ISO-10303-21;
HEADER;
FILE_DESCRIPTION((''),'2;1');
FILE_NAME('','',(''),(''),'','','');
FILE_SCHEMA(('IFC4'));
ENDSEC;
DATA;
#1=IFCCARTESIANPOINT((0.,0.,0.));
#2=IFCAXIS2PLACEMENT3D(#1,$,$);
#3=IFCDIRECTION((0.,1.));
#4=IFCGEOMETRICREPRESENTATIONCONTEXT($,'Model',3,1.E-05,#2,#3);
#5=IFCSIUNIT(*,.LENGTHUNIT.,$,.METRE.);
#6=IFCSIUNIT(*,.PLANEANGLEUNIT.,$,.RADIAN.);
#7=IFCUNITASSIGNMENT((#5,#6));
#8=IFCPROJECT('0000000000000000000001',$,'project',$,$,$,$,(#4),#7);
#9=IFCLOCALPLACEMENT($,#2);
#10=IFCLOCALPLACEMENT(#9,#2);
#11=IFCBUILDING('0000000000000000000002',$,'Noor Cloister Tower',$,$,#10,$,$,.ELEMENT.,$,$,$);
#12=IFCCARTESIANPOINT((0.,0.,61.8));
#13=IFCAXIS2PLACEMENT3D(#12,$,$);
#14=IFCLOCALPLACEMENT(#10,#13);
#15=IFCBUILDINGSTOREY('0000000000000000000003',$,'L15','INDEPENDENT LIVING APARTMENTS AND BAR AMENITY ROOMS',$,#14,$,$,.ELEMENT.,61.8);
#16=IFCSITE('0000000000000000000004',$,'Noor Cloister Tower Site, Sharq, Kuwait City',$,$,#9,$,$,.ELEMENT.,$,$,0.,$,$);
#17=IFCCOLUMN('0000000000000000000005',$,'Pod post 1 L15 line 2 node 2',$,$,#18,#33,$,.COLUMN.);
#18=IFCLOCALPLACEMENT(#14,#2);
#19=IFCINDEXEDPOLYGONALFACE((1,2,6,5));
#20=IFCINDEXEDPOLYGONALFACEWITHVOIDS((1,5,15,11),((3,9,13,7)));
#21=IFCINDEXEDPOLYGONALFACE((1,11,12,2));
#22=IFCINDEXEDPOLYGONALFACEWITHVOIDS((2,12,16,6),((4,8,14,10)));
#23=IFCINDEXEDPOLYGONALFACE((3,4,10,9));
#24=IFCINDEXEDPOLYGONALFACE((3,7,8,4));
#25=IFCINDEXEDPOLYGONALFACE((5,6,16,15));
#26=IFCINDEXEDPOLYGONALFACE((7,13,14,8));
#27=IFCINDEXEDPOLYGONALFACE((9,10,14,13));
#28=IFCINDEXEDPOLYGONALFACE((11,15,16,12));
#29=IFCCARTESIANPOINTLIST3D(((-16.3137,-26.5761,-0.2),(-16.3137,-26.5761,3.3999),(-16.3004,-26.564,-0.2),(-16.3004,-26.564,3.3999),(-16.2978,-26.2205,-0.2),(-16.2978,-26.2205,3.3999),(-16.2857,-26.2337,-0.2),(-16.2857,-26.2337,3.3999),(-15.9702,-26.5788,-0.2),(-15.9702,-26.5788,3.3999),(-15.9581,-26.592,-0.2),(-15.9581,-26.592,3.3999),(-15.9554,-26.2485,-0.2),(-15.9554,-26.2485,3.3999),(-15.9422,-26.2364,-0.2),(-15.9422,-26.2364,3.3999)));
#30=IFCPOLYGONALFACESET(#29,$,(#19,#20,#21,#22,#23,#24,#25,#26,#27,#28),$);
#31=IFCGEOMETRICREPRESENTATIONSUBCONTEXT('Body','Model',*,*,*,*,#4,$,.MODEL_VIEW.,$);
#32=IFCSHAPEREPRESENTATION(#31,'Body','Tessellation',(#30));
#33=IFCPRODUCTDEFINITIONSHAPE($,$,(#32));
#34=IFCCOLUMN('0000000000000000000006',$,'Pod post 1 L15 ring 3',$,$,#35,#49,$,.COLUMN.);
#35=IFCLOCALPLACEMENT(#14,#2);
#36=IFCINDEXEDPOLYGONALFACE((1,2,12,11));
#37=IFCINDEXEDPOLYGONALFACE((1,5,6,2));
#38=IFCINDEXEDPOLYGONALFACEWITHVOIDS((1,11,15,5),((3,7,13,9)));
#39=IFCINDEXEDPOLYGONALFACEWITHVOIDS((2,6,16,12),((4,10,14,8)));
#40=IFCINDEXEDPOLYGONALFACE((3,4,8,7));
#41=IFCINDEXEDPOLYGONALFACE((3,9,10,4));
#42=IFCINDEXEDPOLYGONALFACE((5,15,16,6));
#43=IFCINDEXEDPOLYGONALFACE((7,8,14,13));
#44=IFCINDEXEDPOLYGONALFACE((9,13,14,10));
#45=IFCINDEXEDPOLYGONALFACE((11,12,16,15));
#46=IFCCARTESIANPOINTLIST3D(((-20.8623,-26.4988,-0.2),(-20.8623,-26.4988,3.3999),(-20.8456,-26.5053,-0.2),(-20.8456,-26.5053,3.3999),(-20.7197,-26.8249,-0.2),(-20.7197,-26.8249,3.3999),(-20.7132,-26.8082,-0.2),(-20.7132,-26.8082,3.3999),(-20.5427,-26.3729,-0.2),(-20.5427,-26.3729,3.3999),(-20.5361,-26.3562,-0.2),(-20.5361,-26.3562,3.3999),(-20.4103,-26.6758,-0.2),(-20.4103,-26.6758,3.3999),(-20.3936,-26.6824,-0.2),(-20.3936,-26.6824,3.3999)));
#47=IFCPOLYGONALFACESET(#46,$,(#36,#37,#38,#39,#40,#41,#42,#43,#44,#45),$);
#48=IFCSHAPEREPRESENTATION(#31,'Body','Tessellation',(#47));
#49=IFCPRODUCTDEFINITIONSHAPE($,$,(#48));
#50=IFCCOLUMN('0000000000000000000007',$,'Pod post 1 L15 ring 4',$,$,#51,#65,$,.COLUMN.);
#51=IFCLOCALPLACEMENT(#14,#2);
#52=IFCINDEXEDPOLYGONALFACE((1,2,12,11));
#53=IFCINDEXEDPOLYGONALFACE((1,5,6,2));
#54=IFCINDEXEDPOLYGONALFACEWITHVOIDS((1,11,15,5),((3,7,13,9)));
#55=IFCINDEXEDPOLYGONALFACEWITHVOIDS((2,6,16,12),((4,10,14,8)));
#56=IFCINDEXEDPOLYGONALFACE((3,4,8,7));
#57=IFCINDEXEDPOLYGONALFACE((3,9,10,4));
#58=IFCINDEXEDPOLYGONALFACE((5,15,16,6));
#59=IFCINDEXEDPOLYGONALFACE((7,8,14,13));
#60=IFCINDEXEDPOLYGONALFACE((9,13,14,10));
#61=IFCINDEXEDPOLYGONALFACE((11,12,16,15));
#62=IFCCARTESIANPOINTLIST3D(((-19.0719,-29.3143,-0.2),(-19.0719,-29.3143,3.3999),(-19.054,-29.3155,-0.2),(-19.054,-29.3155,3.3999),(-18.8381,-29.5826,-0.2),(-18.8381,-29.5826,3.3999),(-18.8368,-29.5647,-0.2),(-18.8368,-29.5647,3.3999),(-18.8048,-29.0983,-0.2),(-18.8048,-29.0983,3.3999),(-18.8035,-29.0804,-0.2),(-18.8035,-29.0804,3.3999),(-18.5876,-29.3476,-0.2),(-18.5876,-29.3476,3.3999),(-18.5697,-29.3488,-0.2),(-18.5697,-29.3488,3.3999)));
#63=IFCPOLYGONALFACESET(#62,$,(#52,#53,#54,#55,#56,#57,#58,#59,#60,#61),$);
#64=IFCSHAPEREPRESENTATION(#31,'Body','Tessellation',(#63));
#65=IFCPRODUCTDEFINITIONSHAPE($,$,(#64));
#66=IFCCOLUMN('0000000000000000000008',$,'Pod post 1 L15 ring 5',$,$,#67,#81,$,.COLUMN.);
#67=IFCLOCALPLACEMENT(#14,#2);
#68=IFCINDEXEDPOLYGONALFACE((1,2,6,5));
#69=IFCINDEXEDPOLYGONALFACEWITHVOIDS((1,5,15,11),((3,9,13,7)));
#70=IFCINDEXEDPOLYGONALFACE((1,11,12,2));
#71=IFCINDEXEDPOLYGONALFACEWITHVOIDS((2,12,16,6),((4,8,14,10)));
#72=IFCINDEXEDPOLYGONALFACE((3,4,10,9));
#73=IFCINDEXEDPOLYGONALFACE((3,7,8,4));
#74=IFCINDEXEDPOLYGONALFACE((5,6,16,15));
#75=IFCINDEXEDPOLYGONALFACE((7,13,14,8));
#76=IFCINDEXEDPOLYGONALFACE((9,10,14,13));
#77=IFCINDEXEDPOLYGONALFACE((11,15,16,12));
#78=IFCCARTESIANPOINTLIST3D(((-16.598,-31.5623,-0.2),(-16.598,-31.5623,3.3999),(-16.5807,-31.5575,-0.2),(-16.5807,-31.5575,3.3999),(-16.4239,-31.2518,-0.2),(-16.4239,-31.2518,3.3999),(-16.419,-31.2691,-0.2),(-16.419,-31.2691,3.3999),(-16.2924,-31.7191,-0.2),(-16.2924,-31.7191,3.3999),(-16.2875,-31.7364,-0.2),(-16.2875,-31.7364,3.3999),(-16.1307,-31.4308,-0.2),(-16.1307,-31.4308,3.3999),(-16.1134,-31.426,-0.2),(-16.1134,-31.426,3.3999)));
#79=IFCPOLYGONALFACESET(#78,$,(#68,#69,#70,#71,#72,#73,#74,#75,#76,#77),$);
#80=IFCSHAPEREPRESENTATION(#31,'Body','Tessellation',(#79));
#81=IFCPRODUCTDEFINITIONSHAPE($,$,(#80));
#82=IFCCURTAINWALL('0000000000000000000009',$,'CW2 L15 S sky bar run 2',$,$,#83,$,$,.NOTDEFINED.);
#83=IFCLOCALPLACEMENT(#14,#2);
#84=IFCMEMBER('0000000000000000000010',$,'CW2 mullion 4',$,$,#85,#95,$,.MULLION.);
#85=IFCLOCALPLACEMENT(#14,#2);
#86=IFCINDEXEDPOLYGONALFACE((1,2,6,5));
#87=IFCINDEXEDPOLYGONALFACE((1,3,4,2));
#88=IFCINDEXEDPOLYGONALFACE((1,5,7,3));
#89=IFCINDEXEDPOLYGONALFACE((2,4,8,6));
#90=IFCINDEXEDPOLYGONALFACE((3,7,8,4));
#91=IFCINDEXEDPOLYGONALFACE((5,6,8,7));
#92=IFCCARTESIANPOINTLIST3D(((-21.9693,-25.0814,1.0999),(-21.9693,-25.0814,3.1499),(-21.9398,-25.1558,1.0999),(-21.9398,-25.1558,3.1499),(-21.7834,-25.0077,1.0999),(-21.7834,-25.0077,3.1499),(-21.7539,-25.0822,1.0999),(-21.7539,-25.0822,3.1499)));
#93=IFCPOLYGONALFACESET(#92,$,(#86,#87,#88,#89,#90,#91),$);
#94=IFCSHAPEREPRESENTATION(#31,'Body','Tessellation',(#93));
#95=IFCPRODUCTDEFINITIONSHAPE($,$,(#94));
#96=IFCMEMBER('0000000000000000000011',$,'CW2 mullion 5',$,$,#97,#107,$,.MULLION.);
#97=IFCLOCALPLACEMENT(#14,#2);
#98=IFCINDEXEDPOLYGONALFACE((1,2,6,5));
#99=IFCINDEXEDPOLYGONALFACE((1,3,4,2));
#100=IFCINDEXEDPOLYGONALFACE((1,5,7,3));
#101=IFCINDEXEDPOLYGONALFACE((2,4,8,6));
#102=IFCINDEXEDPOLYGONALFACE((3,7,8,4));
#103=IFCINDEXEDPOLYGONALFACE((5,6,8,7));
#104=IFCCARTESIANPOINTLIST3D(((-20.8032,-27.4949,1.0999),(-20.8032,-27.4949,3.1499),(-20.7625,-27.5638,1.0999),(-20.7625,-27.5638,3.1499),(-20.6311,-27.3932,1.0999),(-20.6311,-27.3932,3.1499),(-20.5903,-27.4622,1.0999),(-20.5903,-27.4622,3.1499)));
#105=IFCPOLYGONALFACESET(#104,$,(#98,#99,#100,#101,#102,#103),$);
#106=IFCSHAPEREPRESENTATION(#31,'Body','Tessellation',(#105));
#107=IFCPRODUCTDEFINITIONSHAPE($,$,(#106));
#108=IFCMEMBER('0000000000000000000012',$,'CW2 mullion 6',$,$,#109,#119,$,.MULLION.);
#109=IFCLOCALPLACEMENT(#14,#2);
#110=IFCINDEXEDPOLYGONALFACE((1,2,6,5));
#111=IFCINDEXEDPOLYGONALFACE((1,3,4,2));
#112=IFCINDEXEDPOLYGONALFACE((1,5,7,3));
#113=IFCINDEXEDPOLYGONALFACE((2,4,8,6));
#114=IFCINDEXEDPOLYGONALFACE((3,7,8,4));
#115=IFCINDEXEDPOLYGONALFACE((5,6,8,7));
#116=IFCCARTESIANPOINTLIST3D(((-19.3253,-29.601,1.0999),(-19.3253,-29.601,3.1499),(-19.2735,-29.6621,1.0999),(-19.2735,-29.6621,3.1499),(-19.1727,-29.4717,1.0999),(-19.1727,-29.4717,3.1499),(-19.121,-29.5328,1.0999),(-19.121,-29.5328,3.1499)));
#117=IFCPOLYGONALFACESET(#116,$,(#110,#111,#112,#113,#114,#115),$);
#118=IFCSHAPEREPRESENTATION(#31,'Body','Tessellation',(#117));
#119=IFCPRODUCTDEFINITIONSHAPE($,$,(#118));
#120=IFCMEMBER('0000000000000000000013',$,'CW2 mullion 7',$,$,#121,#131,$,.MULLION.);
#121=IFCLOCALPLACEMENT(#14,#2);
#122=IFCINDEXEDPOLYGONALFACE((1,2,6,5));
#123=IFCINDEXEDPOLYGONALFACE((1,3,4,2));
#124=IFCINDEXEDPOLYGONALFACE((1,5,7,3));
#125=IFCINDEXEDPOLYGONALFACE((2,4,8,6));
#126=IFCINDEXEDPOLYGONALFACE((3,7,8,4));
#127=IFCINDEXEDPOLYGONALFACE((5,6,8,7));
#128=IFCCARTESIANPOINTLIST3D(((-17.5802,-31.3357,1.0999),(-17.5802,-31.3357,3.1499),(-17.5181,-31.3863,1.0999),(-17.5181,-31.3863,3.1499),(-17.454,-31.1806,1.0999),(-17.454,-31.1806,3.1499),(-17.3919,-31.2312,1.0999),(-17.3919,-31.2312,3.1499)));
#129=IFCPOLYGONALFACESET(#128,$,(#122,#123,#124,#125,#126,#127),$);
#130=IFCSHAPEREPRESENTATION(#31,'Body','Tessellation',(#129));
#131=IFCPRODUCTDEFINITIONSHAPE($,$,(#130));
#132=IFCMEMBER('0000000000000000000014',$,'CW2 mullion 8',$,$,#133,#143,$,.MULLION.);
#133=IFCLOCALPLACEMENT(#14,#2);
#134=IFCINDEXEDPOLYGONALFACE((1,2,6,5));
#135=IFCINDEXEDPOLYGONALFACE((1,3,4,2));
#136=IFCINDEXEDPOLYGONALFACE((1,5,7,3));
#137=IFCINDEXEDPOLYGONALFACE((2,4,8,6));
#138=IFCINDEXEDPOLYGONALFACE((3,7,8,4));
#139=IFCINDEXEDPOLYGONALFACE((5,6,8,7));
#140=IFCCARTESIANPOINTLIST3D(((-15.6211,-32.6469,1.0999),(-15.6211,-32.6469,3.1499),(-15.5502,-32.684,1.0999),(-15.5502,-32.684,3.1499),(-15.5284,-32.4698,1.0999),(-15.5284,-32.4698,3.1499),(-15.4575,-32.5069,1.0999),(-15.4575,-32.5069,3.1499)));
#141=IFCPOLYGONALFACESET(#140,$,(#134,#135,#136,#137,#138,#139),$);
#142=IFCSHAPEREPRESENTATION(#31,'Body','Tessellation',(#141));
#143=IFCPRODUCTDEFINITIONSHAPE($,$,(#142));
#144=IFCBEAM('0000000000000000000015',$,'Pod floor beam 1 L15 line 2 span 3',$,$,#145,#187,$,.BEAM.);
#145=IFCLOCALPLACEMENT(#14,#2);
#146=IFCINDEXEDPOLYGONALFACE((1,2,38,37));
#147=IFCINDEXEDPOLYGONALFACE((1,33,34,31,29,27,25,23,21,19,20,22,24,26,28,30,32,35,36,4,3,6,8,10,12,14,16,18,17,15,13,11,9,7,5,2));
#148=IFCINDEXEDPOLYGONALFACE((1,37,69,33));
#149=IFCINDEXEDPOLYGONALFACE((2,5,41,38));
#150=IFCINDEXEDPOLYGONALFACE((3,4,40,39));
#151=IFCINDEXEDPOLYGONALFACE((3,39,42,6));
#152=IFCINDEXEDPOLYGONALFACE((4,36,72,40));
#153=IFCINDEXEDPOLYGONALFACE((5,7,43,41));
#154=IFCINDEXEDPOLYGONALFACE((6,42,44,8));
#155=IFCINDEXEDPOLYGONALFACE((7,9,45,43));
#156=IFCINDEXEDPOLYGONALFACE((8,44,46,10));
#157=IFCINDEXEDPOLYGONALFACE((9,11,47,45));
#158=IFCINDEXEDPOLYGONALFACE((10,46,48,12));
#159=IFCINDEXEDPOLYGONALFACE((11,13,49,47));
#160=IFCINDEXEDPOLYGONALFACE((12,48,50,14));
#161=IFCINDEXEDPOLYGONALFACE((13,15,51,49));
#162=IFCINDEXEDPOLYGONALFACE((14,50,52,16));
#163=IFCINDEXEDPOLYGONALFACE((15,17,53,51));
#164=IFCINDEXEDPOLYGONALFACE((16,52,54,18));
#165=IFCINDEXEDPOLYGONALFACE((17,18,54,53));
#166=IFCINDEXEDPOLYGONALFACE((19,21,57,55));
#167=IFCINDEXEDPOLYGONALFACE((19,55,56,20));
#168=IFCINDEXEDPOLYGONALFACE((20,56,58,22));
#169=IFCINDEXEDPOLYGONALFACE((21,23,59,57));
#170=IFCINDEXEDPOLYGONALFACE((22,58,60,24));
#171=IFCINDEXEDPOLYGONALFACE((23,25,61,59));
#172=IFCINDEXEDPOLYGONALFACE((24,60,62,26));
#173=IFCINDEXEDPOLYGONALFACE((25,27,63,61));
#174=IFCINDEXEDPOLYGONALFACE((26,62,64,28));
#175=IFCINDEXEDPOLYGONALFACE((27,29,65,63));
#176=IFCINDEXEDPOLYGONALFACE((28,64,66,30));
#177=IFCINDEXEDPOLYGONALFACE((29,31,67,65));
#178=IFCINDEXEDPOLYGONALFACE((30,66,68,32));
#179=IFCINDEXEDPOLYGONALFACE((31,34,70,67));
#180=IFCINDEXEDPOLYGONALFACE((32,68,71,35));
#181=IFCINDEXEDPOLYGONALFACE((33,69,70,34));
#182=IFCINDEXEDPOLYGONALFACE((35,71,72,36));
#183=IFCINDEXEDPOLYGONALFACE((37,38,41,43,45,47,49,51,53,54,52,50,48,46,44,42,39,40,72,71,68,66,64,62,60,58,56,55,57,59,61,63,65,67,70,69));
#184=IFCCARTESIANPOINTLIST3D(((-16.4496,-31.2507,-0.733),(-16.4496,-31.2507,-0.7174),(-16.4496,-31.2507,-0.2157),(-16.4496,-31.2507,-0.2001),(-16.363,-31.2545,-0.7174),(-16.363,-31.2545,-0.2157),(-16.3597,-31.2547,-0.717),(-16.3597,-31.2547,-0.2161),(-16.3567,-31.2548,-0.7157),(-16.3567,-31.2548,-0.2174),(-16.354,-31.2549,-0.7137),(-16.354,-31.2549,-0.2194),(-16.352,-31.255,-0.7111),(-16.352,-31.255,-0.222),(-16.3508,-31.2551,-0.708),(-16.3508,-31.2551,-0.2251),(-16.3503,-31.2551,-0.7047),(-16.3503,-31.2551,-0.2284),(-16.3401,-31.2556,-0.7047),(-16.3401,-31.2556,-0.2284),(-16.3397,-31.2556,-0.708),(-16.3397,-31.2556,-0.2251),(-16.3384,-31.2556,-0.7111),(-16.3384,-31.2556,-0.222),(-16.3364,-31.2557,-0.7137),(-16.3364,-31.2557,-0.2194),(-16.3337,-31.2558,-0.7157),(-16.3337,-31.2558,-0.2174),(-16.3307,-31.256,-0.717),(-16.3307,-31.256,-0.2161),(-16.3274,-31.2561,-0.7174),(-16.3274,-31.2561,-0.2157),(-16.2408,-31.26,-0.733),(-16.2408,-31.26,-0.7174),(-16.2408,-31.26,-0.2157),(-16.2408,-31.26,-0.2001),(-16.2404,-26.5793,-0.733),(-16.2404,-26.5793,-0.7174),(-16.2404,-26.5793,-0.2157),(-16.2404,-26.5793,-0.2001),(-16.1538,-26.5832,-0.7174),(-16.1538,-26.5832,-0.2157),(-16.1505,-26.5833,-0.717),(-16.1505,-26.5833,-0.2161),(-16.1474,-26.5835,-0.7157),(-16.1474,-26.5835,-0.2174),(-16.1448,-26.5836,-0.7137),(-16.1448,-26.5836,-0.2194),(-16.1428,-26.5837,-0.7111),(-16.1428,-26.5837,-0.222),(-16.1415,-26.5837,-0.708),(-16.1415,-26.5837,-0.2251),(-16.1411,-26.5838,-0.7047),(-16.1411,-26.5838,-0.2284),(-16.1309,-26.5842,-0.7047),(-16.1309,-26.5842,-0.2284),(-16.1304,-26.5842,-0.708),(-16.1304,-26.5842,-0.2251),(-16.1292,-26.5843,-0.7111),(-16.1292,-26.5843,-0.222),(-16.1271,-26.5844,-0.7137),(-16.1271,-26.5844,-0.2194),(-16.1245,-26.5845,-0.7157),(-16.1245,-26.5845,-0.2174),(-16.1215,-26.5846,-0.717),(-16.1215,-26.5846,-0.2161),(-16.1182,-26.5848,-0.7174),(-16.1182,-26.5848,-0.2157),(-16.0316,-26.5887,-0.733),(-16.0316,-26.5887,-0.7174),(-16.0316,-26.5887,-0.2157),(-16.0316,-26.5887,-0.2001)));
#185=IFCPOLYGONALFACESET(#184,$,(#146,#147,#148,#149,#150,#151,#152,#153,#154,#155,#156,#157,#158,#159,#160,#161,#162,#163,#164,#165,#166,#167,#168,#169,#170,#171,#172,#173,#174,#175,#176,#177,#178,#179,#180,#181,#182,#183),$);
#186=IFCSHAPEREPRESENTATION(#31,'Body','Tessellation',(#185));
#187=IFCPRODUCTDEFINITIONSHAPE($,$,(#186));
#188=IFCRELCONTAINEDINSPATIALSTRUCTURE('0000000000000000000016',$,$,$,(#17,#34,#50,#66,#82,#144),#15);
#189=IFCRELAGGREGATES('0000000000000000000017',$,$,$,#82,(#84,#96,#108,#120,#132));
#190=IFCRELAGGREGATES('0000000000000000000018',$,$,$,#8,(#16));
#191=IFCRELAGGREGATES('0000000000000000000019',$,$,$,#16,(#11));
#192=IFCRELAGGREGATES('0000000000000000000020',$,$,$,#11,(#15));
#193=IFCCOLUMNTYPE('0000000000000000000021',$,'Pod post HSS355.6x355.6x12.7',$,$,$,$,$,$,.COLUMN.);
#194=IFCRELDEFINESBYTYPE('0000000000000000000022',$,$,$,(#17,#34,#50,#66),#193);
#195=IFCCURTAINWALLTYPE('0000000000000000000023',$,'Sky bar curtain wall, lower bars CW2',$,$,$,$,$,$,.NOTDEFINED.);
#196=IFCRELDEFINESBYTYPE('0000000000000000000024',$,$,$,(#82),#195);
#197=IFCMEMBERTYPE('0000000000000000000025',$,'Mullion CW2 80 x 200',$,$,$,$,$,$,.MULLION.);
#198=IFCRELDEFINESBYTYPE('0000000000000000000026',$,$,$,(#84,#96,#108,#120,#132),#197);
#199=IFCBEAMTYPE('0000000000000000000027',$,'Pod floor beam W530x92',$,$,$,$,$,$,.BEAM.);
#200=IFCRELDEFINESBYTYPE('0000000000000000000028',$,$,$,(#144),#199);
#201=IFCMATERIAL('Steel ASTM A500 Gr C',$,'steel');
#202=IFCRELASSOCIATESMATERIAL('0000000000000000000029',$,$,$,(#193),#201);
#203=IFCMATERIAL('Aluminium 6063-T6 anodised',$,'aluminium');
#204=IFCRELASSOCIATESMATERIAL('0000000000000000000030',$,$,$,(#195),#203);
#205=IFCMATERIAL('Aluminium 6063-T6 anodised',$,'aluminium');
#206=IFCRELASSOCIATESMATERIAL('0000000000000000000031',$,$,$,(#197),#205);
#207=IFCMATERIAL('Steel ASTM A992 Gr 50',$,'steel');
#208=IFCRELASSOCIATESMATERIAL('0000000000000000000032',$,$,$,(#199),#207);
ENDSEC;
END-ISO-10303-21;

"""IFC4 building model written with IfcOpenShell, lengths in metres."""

from ifc_helpers import new_model, si_unit, direction, frame, origin, origin_2d, place, context, subcontext, project, spatial, rectangle, hollow_rectangle, i_section, extrude, material, material_profile, profile_set, type_object, element, aggregate, save


model = new_model("IFC4")

# Units and contexts
model_context = context("Model", 3, precision=1e-05, world=origin(), true_north=direction((0.0, 1.0)))
body_context = subcontext(model_context, "Body", "Model", "MODEL_VIEW")
ifc_project = project(units=[si_unit("LENGTHUNIT", "METRE"), si_unit("PLANEANGLEUNIT", "RADIAN")], contexts=[model_context])

# Site, building, storey
site_placement = place(None, origin())
site = spatial("IfcSite", under=ifc_project, at=site_placement, Name="Noor Cloister Tower Site, Sharq, Kuwait City", CompositionType="ELEMENT", RefElevation=0.0)
building_placement = place(site_placement, origin())
building = spatial("IfcBuilding", under=site, at=building_placement, Name="Noor Cloister Tower", CompositionType="ELEMENT")
storey_placement = place(building_placement, frame((0.0, 0.0, 61.8)))
storey = spatial("IfcBuildingStorey", under=building, at=storey_placement, Name="L15", Description="INDEPENDENT LIVING APARTMENTS AND BAR AMENITY ROOMS", CompositionType="ELEMENT", Elevation=61.8)

# Columns
ifc_material_1 = material(Name="Steel ASTM A500 Gr C", Category="steel")
ifc_material_profile_1 = material_profile(ifc_material_1, hollow_rectangle(XDim=0.356, YDim=0.356, WallThickness=0.0127, at=origin_2d()), Name="HSS355.6x355.6x12.7")
ifc_profile_set_1 = profile_set([ifc_material_profile_1], Name="Steel ASTM A500 Gr C")
column_type = type_object("IfcColumnType", Name="Pod post HSS355.6x355.6x12.7", PredefinedType="COLUMN", material=ifc_profile_set_1)
for number, where, z_axis, x_axis, name in (
    (1, (-16.1279, -26.4062, -0.2), (0.0, 0.0, 1.0), (-0.044724, -0.998999, 0.0), "Pod post 1 L15 line 2 node 2"),
    (2, (-20.6279, -26.5906, -0.2), (0.0, 0.0, 1.0), (0.400492, -0.9163, 0.0), "Pod post 1 L15 ring 3"),
    (3, (-18.8208, -29.3315, -0.2), (0.0, 0.0, 1.0), (0.656896, -0.753982, 0.0), "Pod post 1 L15 ring 4"),
    (4, (-16.3557, -31.4941, -0.2), (0.0, 0.0, 1.0), (0.872198, -0.489154, 0.0), "Pod post 1 L15 ring 5"),
):
    element("IfcColumn", number, at=place(storey_placement, frame(where, z_axis=z_axis, x_axis=x_axis)), inside=storey, type_object=column_type, Name=name, PredefinedType="COLUMN", context=body_context, shape_type="SweptSolid", body=[
        extrude(hollow_rectangle(XDim=0.356, YDim=0.356, WallThickness=0.0127, at=origin_2d()), origin(), (0.0, 0.0, 1.0), 3.5999),
    ])

# Curtain wall, members
ifc_material_2 = material(Name="Aluminium 6063-T6 anodised", Category="aluminium")
curtain_wall_type = type_object("IfcCurtainWallType", Name="Sky bar curtain wall, lower bars CW2", PredefinedType="NOTDEFINED", material=ifc_material_2)
curtain_wall_placement = place(storey_placement, origin())
curtain_wall = element("IfcCurtainWall", 5, at=curtain_wall_placement, inside=storey, type_object=curtain_wall_type, Name="CW2 L15 S sky bar run 2", PredefinedType="NOTDEFINED")
ifc_material_3 = material(Name="Aluminium 6063-T6 anodised", Category="aluminium")
ifc_material_profile_2 = material_profile(ifc_material_3, rectangle(XDim=0.2, YDim=0.0801, at=origin_2d()), Name="200 x 80 mullion")
ifc_profile_set_2 = profile_set([ifc_material_profile_2], Name="Aluminium 6063-T6 anodised")
member_type = type_object("IfcMemberType", Name="Mullion CW2 80 x 200", PredefinedType="MULLION", material=ifc_profile_set_2)
member_1_placement = place(storey_placement, frame((-21.8616, -25.0818, 1.0999), z_axis=(0.0, 0.0, 1.0), x_axis=(0.929693, 0.368334, 0.0)))
member_1 = element("IfcMember", 6, at=member_1_placement, type_object=member_type, Name="CW2 mullion 4", PredefinedType="MULLION", context=body_context, shape_type="SweptSolid", body=[
    extrude(rectangle(XDim=0.2, YDim=0.0801, at=origin_2d()), origin(), (0.0, 0.0, 1.0), 2.05),
])
member_2_placement = place(storey_placement, frame((-20.6968, -27.4785, 1.0999), z_axis=(0.0, 0.0, 1.0), x_axis=(0.861046, 0.508527, 0.0)))
member_2 = element("IfcMember", 7, at=member_2_placement, type_object=member_type, Name="CW2 mullion 5", PredefinedType="MULLION", context=body_context, shape_type="SweptSolid", body=[
    extrude(rectangle(XDim=0.2, YDim=0.0801, at=origin_2d()), origin(), (0.0, 0.0, 1.0), 2.05),
])
member_3_placement = place(storey_placement, frame((-19.2231, -29.5669, 1.0999), z_axis=(0.0, 0.0, 1.0), x_axis=(0.76297, 0.646434, 0.0)))
member_3 = element("IfcMember", 8, at=member_3_placement, type_object=member_type, Name="CW2 mullion 6", PredefinedType="MULLION", context=body_context, shape_type="SweptSolid", body=[
    extrude(rectangle(XDim=0.2, YDim=0.0801, at=origin_2d()), origin(), (0.0, 0.0, 1.0), 2.05),
])
member_4_placement = place(storey_placement, frame((-17.4861, -31.2834, 1.0999), z_axis=(0.0, 0.0, 1.0), x_axis=(0.631107, 0.775696, 0.0)))
member_4 = element("IfcMember", 9, at=member_4_placement, type_object=member_type, Name="CW2 mullion 7", PredefinedType="MULLION", context=body_context, shape_type="SweptSolid", body=[
    extrude(rectangle(XDim=0.2, YDim=0.0801, at=origin_2d()), origin(), (0.0, 0.0, 1.0), 2.05),
])
member_5_placement = place(storey_placement, frame((-15.5393, -32.5769, 1.0999), z_axis=(0.0, 0.0, 1.0), x_axis=(0.463586, 0.886052, 0.0)))
member_5 = element("IfcMember", 10, at=member_5_placement, type_object=member_type, Name="CW2 mullion 8", PredefinedType="MULLION", context=body_context, shape_type="SweptSolid", body=[
    extrude(rectangle(XDim=0.2, YDim=0.0801, at=origin_2d()), origin(), (0.0, 0.0, 1.0), 2.05),
])

# Beam
ifc_material_4 = material(Name="Steel ASTM A992 Gr 50", Category="steel")
ifc_material_profile_3 = material_profile(ifc_material_4, i_section(OverallWidth=0.209, OverallDepth=0.533, WebThickness=0.0103, FlangeThickness=0.0156, FilletRadius=0.0127, at=origin_2d()), Name="W530x92")
ifc_profile_set_3 = profile_set([ifc_material_profile_3], Name="Steel ASTM A992 Gr 50")
beam_type = type_object("IfcBeamType", Name="Pod floor beam W530x92", PredefinedType="BEAM", material=ifc_profile_set_3)
beam_1_placement = place(storey_placement, frame((-16.136, -26.584, -0.4666), z_axis=(-0.044745, -0.998998, 0.0), x_axis=(0.998998, -0.044745, 0.0)))
element("IfcBeam", 11, at=beam_1_placement, inside=storey, type_object=beam_type, Name="Pod floor beam 1 L15 line 2 span 3", PredefinedType="BEAM", context=body_context, shape_type="SweptSolid", body=[
    extrude(i_section(OverallWidth=0.209, OverallDepth=0.533, WebThickness=0.0103, FlangeThickness=0.0156, FilletRadius=0.0127, at=origin_2d()), origin(), (0.0, 0.0, 1.0), 4.676),
])

aggregate(curtain_wall, [member_1, member_2, member_3, member_4, member_5])

save(model, "model.ifc")
